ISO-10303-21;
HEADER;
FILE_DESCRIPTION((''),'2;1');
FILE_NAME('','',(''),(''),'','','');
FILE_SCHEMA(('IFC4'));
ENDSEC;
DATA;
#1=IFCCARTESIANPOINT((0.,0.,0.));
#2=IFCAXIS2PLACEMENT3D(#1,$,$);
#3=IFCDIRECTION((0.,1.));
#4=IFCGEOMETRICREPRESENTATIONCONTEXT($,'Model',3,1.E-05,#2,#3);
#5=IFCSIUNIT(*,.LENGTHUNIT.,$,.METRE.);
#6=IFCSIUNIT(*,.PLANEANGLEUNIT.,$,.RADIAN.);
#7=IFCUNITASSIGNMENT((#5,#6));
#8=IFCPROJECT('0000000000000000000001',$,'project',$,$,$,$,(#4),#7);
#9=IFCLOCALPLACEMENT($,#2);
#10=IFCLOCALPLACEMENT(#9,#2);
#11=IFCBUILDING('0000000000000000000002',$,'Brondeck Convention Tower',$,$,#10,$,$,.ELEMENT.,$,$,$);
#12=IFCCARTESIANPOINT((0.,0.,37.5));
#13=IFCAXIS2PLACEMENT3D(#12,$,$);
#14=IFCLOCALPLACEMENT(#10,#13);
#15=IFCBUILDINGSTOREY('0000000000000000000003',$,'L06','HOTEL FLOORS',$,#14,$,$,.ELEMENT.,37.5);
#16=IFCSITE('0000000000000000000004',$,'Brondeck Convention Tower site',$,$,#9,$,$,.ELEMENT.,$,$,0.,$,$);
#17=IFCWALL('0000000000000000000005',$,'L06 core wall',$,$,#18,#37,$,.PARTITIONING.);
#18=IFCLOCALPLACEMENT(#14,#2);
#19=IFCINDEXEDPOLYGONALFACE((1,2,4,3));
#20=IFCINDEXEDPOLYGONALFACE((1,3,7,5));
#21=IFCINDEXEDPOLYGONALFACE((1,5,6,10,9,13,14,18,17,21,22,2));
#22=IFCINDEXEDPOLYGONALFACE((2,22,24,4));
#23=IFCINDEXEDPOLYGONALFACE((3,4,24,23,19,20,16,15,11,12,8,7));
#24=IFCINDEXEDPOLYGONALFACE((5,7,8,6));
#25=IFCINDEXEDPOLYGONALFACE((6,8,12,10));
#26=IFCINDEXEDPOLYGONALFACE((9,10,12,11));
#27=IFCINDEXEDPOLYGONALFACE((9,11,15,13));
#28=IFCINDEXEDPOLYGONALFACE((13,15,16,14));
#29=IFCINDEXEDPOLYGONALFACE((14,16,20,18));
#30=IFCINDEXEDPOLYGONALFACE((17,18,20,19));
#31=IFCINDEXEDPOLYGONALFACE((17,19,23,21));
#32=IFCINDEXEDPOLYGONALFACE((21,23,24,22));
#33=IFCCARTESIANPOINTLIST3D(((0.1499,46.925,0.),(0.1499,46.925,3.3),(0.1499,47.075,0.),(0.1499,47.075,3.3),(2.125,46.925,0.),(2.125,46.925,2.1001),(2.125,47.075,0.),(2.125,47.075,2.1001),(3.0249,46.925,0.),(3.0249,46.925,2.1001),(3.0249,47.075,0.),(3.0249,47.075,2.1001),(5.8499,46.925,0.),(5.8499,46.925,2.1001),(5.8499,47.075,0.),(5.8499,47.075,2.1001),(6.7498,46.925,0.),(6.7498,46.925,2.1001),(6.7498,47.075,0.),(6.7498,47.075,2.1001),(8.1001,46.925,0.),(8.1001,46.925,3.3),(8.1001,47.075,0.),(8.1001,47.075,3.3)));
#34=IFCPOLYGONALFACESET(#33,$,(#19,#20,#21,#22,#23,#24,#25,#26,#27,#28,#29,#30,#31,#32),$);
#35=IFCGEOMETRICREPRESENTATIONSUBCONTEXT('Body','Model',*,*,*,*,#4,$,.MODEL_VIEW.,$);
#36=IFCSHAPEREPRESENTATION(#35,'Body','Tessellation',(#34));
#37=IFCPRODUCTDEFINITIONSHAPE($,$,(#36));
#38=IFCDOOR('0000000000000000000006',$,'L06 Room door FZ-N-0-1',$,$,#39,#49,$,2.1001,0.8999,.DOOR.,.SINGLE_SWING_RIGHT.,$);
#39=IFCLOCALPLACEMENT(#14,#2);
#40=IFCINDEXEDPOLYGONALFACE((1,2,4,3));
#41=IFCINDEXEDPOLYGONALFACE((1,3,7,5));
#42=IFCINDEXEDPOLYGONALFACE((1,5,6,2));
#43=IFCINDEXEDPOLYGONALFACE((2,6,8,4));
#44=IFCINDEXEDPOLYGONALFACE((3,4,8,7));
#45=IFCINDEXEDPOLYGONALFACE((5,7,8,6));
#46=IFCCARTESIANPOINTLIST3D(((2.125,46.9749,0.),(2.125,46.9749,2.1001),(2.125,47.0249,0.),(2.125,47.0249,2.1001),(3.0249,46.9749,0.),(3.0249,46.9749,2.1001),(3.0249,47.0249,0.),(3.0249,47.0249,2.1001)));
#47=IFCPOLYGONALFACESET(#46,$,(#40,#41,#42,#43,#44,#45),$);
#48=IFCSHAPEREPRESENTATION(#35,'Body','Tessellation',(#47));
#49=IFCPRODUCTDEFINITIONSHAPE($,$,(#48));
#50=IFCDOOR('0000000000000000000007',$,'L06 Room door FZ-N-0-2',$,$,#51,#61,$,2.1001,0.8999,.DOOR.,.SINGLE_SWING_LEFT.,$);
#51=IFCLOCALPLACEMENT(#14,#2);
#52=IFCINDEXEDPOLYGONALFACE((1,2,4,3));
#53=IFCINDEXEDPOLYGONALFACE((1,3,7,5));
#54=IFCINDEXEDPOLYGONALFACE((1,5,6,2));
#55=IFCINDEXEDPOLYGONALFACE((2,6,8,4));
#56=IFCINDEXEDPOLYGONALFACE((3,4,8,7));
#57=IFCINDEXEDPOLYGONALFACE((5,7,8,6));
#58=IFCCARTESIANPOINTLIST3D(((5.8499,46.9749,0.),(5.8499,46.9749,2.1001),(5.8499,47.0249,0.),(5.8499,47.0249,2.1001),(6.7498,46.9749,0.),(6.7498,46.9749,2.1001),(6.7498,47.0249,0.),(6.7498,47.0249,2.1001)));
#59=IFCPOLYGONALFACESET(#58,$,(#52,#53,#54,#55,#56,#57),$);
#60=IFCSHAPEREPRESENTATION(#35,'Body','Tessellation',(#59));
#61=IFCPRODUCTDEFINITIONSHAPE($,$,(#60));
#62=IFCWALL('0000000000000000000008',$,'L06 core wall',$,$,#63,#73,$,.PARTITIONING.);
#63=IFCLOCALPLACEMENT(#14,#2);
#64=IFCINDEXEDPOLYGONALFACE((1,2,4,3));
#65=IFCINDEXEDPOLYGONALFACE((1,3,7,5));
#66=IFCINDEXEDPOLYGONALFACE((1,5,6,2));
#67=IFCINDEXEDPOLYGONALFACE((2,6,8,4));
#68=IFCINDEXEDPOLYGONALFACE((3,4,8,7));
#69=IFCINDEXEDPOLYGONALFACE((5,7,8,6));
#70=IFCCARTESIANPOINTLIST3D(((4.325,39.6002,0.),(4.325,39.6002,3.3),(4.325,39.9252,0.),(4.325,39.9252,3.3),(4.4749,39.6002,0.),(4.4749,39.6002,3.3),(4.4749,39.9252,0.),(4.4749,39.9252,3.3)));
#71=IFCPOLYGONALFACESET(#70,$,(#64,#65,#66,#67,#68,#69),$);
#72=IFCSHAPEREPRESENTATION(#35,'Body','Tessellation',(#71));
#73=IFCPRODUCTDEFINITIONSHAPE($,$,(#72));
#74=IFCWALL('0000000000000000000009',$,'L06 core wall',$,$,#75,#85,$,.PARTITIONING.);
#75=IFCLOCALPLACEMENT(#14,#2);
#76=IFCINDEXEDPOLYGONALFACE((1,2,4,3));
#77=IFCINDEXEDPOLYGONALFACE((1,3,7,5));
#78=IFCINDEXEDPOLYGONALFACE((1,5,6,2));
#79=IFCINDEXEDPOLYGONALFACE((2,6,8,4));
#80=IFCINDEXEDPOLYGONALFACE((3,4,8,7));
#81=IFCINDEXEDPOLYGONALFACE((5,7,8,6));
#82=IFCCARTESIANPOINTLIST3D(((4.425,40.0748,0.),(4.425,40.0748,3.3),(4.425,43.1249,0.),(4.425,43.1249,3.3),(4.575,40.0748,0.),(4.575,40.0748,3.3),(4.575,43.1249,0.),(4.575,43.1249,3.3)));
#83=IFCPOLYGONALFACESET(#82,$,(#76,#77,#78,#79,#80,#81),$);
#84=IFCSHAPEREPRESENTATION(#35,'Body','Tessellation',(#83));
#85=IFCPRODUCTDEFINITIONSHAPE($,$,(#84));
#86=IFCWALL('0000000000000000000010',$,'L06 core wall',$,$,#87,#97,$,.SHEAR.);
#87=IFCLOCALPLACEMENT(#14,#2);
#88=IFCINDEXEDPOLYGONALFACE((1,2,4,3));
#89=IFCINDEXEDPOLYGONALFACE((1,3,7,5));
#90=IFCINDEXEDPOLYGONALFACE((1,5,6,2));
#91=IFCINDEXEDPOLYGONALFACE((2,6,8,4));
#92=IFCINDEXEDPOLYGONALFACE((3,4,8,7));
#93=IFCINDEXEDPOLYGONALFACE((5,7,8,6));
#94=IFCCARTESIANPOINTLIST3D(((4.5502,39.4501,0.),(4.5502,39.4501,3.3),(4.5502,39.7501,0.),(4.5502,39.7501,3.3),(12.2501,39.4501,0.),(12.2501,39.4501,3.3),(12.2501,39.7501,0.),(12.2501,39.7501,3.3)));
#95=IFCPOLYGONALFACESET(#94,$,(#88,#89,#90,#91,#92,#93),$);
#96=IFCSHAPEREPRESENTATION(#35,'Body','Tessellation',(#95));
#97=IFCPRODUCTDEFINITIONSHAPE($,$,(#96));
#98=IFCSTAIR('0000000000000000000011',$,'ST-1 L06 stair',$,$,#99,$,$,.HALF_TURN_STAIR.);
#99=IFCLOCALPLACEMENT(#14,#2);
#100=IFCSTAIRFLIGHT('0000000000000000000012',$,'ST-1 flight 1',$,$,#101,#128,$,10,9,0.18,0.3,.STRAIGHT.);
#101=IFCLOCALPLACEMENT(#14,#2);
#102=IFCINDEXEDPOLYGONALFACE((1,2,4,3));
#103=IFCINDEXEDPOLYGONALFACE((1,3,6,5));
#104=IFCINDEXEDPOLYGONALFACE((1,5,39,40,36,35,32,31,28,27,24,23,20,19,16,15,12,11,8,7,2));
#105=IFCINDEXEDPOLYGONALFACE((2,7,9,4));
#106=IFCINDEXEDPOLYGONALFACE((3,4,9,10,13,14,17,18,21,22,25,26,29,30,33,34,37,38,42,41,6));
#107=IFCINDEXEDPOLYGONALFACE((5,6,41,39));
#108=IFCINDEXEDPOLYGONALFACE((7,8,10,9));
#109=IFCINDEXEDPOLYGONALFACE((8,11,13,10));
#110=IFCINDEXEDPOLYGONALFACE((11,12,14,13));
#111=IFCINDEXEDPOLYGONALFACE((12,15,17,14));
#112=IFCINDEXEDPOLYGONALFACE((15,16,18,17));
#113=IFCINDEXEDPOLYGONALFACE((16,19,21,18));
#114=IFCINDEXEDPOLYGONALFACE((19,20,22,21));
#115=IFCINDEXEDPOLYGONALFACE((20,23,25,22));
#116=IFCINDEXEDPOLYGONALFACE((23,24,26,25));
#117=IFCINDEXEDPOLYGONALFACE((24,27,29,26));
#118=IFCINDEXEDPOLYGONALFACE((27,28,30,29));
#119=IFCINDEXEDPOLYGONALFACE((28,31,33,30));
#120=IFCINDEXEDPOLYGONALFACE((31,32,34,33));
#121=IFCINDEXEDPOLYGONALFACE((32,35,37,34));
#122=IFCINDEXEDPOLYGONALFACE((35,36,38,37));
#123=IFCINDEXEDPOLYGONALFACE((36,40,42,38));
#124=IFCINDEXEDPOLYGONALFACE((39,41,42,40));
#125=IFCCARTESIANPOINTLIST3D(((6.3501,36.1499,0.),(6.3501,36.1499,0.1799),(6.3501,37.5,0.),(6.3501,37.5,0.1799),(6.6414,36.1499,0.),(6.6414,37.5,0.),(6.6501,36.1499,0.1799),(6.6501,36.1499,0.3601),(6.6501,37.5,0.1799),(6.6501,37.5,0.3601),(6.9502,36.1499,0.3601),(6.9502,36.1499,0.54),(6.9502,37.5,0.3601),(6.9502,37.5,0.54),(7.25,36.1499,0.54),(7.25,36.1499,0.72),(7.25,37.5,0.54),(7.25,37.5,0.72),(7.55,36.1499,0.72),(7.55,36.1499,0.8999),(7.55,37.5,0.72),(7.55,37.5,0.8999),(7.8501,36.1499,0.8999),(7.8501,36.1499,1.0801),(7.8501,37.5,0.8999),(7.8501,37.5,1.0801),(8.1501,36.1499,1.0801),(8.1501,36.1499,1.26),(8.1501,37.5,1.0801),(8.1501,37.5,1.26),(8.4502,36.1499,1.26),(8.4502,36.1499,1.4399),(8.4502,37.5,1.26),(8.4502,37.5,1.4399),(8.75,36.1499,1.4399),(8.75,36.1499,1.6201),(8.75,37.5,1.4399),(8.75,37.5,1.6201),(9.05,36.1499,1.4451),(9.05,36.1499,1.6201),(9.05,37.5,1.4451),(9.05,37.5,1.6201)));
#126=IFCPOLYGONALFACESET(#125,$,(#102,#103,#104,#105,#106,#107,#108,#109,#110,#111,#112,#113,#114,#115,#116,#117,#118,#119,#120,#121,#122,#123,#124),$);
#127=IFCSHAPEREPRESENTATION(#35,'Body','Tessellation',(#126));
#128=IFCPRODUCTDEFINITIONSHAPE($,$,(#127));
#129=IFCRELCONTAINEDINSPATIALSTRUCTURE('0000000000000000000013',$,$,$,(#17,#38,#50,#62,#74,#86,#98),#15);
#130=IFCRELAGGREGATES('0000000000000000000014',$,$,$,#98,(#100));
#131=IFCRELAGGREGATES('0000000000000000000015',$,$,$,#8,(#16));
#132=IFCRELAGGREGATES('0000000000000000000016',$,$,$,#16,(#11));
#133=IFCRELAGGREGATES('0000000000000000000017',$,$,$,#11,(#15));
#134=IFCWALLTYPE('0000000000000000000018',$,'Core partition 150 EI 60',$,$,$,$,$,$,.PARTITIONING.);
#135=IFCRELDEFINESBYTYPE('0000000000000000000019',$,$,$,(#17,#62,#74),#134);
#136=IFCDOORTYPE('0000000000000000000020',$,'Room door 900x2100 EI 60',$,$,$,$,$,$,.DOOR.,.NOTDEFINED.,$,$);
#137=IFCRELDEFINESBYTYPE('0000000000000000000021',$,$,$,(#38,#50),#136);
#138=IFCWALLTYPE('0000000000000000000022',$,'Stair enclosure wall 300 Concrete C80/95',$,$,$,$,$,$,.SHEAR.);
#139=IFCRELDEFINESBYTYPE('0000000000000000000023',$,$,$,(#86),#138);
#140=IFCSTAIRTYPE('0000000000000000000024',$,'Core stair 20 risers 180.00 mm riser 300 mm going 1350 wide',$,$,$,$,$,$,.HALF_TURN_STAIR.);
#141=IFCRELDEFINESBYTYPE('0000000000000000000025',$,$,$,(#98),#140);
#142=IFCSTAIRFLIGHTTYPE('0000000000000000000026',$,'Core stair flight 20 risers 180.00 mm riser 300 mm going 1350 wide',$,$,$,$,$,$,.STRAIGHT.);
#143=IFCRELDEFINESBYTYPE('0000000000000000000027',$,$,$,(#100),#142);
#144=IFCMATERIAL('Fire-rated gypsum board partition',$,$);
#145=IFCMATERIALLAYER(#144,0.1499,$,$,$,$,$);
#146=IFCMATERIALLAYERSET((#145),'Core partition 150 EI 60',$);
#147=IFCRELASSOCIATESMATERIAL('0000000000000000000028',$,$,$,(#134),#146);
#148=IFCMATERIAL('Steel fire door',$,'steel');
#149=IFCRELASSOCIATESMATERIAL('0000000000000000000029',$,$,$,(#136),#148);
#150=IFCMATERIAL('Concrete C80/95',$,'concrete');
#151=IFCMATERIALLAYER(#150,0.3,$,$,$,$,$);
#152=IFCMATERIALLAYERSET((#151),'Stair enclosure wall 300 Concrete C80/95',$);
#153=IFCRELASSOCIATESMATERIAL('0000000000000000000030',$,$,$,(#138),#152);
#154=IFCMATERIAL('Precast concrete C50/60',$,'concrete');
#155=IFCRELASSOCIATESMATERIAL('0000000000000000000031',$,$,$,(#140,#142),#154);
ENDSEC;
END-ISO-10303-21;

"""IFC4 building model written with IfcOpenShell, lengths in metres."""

from ifc_helpers import new_model, si_unit, direction, frame, frame_2d, origin, place, context, subcontext, project, spatial, polyline, rectangle, outline, extrude, material, layer, layer_set, type_object, element, fill, aggregate, save


model = new_model("IFC4")

# Units and contexts
model_context = context("Model", 3, precision=1e-05, world=origin(), true_north=direction((0.0, 1.0)))
body_context = subcontext(model_context, "Body", "Model", "MODEL_VIEW")
ifc_project = project(units=[si_unit("LENGTHUNIT", "METRE"), si_unit("PLANEANGLEUNIT", "RADIAN")], contexts=[model_context])

# Site, building, storey
site_placement = place(None, origin())
site = spatial("IfcSite", under=ifc_project, at=site_placement, Name="Brondeck Convention Tower site", CompositionType="ELEMENT", RefElevation=0.0)
building_placement = place(site_placement, origin())
building = spatial("IfcBuilding", under=site, at=building_placement, Name="Brondeck Convention Tower", CompositionType="ELEMENT")
storey_placement = place(building_placement, frame((0.0, 0.0, 37.5)))
storey = spatial("IfcBuildingStorey", under=building, at=storey_placement, Name="L06", Description="HOTEL FLOORS", CompositionType="ELEMENT", Elevation=37.5)

# Shared definitions
ifc_material_1 = material(Name="Concrete C80/95", Category="concrete")

# Shared definitions
ifc_material_2 = material(Name="Fire-rated gypsum board partition")
ifc_layer_1 = layer(ifc_material_2, 0.1499)
ifc_layer_set_1 = layer_set([ifc_layer_1], Name="Core partition 150 EI 60")
wall_type_1 = type_object("IfcWallType", Name="Core partition 150 EI 60", PredefinedType="PARTITIONING", material=ifc_layer_set_1)

# Wall, openings, doors
ifc_material_3 = material(Name="Steel fire door", Category="steel")
door_type = type_object("IfcDoorType", Name="Room door 900x2100 EI 60", OperationType="NOTDEFINED", PredefinedType="DOOR", material=ifc_material_3)
wall_1_placement = place(storey_placement, frame((0.1499, 47.0, 0.0), z_axis=(0.0, 0.0, 1.0), x_axis=(1.0, 0.0, 0.0)))
wall_1 = element("IfcWall", 1, at=wall_1_placement, inside=storey, type_object=wall_type_1, Name="L06 core wall", PredefinedType="PARTITIONING", context=body_context, shape_type="SweptSolid", body=[
    extrude(rectangle(XDim=7.9502, YDim=0.1499, at=frame_2d((3.9751, 0.0))), origin(), (0.0, 0.0, 1.0), 3.3),
])
opening_1_placement = place(wall_1_placement, frame((1.9751, 0.0, 0.0)))
opening_1 = element("IfcOpeningElement", 2, at=opening_1_placement, cuts=wall_1, PredefinedType="OPENING", context=body_context, shape_type="SweptSolid", body=[
    extrude(rectangle(XDim=0.8999, YDim=2.1001, at=frame_2d((0.45, 1.05))), frame((0.0, 0.085, 0.0), z_axis=(0.0, -1.0, 0.0), x_axis=(1.0, 0.0, 0.0)), (0.0, 0.0, 1.0), 0.1699),
])
opening_2_placement = place(wall_1_placement, frame((5.7, 0.0, 0.0)))
opening_2 = element("IfcOpeningElement", 3, at=opening_2_placement, cuts=wall_1, PredefinedType="OPENING", context=body_context, shape_type="SweptSolid", body=[
    extrude(rectangle(XDim=0.8999, YDim=2.1001, at=frame_2d((0.45, 1.05))), frame((0.0, 0.085, 0.0), z_axis=(0.0, -1.0, 0.0), x_axis=(1.0, 0.0, 0.0)), (0.0, 0.0, 1.0), 0.1699),
])
door_1_placement = place(opening_1_placement, origin())
door_1 = element("IfcDoor", 4, at=door_1_placement, inside=storey, type_object=door_type, Name="L06 Room door FZ-N-0-1", OperationType="SINGLE_SWING_RIGHT", OverallHeight=2.1001, OverallWidth=0.8999, PredefinedType="DOOR", context=body_context, shape_type="SweptSolid", body=[
    extrude(rectangle(XDim=0.8999, YDim=2.1001, at=frame_2d((0.45, 1.05))), frame((0.0, 0.0249, 0.0), z_axis=(0.0, -1.0, 0.0), x_axis=(1.0, 0.0, 0.0)), (0.0, 0.0, 1.0), 0.05),
])
fill(opening_1, door_1)
door_2_placement = place(opening_2_placement, origin())
door_2 = element("IfcDoor", 5, at=door_2_placement, inside=storey, type_object=door_type, Name="L06 Room door FZ-N-0-2", OperationType="SINGLE_SWING_LEFT", OverallHeight=2.1001, OverallWidth=0.8999, PredefinedType="DOOR", context=body_context, shape_type="SweptSolid", body=[
    extrude(rectangle(XDim=0.8999, YDim=2.1001, at=frame_2d((0.45, 1.05))), frame((0.0, 0.0249, 0.0), z_axis=(0.0, -1.0, 0.0), x_axis=(1.0, 0.0, 0.0)), (0.0, 0.0, 1.0), 0.05),
])
fill(opening_2, door_2)

# Walls
wall_2_placement = place(storey_placement, frame((4.3999, 39.6001, 0.0), z_axis=(0.0, 0.0, 1.0), x_axis=(0.0, 1.0, 0.0)))
element("IfcWall", 6, at=wall_2_placement, inside=storey, type_object=wall_type_1, Name="L06 core wall", PredefinedType="PARTITIONING", context=body_context, shape_type="SweptSolid", body=[
    extrude(rectangle(XDim=0.325, YDim=0.1499, at=frame_2d((0.1626, 0.0))), origin(), (0.0, 0.0, 1.0), 3.3),
])
wall_3_placement = place(storey_placement, frame((4.5, 40.075, 0.0), z_axis=(0.0, 0.0, 1.0), x_axis=(0.0, 1.0, 0.0)))
element("IfcWall", 7, at=wall_3_placement, inside=storey, type_object=wall_type_1, Name="L06 core wall", PredefinedType="PARTITIONING", context=body_context, shape_type="SweptSolid", body=[
    extrude(rectangle(XDim=3.05, YDim=0.1499, at=frame_2d((1.5249, 0.0))), origin(), (0.0, 0.0, 1.0), 3.3),
])
ifc_layer_2 = layer(ifc_material_1, 0.3)
ifc_layer_set_2 = layer_set([ifc_layer_2], Name="Stair enclosure wall 300 Concrete C80/95")
wall_type_2 = type_object("IfcWallType", Name="Stair enclosure wall 300 Concrete C80/95", PredefinedType="SHEAR", material=ifc_layer_set_2)
wall_4_placement = place(storey_placement, frame((4.55, 39.6001, 0.0), z_axis=(0.0, 0.0, 1.0), x_axis=(1.0, 0.0, 0.0)))
element("IfcWall", 8, at=wall_4_placement, inside=storey, type_object=wall_type_2, Name="L06 core wall", PredefinedType="SHEAR", context=body_context, shape_type="SweptSolid", body=[
    extrude(rectangle(XDim=7.7, YDim=0.3, at=frame_2d((3.8501, 0.0))), origin(), (0.0, 0.0, 1.0), 3.3),
])

# Stair, stair flight
ifc_material_4 = material(Name="Precast concrete C50/60", Category="concrete")
stair_type = type_object("IfcStairType", Name="Core stair 20 risers 180.00 mm riser 300 mm going 1350 wide", PredefinedType="HALF_TURN_STAIR", material=ifc_material_4)
stair_placement = place(storey_placement, origin())
stair = element("IfcStair", 9, at=stair_placement, inside=storey, type_object=stair_type, Name="ST-1 L06 stair", PredefinedType="HALF_TURN_STAIR")
stair_flight_type = type_object("IfcStairFlightType", Name="Core stair flight 20 risers 180.00 mm riser 300 mm going 1350 wide", PredefinedType="STRAIGHT", material=ifc_material_4)
stair_flight_placement = place(storey_placement, frame((6.3501, 36.825, 0.0), z_axis=(0.0, 0.0, 1.0), x_axis=(1.0, 0.0, 0.0)))
stair_flight = element("IfcStairFlight", 10, at=stair_flight_placement, type_object=stair_flight_type, Name="ST-1 flight 1", NumberOfRisers=10, NumberOfTreads=9, PredefinedType="STRAIGHT", RiserHeight=0.18, TreadLength=0.3, context=body_context, shape_type="SweptSolid", body=[
    extrude(outline(polyline([(0.0, 0.0), (0.0, 0.1799), (0.3, 0.1799), (0.3, 0.3601), (0.6001, 0.3601), (0.6001, 0.54), (0.8999, 0.54), (0.8999, 0.72), (1.2, 0.72), (1.2, 0.8999), (1.5, 0.8999), (1.5, 1.0801), (1.8, 1.0801), (1.8, 1.26), (2.1001, 1.26), (2.1001, 1.4399), (2.3999, 1.4399), (2.3999, 1.6201), (2.7, 1.6201), (2.7, 1.8), (2.7, 1.4451), (0.2913, 0.0), (0.0, 0.0)])), frame((0.0, 0.675, 0.0), z_axis=(0.0, -1.0, 0.0), x_axis=(1.0, 0.0, 0.0)), (0.0, 0.0, 1.0), 1.3501),
])
aggregate(stair, [stair_flight])

save(model, "model.ifc")
